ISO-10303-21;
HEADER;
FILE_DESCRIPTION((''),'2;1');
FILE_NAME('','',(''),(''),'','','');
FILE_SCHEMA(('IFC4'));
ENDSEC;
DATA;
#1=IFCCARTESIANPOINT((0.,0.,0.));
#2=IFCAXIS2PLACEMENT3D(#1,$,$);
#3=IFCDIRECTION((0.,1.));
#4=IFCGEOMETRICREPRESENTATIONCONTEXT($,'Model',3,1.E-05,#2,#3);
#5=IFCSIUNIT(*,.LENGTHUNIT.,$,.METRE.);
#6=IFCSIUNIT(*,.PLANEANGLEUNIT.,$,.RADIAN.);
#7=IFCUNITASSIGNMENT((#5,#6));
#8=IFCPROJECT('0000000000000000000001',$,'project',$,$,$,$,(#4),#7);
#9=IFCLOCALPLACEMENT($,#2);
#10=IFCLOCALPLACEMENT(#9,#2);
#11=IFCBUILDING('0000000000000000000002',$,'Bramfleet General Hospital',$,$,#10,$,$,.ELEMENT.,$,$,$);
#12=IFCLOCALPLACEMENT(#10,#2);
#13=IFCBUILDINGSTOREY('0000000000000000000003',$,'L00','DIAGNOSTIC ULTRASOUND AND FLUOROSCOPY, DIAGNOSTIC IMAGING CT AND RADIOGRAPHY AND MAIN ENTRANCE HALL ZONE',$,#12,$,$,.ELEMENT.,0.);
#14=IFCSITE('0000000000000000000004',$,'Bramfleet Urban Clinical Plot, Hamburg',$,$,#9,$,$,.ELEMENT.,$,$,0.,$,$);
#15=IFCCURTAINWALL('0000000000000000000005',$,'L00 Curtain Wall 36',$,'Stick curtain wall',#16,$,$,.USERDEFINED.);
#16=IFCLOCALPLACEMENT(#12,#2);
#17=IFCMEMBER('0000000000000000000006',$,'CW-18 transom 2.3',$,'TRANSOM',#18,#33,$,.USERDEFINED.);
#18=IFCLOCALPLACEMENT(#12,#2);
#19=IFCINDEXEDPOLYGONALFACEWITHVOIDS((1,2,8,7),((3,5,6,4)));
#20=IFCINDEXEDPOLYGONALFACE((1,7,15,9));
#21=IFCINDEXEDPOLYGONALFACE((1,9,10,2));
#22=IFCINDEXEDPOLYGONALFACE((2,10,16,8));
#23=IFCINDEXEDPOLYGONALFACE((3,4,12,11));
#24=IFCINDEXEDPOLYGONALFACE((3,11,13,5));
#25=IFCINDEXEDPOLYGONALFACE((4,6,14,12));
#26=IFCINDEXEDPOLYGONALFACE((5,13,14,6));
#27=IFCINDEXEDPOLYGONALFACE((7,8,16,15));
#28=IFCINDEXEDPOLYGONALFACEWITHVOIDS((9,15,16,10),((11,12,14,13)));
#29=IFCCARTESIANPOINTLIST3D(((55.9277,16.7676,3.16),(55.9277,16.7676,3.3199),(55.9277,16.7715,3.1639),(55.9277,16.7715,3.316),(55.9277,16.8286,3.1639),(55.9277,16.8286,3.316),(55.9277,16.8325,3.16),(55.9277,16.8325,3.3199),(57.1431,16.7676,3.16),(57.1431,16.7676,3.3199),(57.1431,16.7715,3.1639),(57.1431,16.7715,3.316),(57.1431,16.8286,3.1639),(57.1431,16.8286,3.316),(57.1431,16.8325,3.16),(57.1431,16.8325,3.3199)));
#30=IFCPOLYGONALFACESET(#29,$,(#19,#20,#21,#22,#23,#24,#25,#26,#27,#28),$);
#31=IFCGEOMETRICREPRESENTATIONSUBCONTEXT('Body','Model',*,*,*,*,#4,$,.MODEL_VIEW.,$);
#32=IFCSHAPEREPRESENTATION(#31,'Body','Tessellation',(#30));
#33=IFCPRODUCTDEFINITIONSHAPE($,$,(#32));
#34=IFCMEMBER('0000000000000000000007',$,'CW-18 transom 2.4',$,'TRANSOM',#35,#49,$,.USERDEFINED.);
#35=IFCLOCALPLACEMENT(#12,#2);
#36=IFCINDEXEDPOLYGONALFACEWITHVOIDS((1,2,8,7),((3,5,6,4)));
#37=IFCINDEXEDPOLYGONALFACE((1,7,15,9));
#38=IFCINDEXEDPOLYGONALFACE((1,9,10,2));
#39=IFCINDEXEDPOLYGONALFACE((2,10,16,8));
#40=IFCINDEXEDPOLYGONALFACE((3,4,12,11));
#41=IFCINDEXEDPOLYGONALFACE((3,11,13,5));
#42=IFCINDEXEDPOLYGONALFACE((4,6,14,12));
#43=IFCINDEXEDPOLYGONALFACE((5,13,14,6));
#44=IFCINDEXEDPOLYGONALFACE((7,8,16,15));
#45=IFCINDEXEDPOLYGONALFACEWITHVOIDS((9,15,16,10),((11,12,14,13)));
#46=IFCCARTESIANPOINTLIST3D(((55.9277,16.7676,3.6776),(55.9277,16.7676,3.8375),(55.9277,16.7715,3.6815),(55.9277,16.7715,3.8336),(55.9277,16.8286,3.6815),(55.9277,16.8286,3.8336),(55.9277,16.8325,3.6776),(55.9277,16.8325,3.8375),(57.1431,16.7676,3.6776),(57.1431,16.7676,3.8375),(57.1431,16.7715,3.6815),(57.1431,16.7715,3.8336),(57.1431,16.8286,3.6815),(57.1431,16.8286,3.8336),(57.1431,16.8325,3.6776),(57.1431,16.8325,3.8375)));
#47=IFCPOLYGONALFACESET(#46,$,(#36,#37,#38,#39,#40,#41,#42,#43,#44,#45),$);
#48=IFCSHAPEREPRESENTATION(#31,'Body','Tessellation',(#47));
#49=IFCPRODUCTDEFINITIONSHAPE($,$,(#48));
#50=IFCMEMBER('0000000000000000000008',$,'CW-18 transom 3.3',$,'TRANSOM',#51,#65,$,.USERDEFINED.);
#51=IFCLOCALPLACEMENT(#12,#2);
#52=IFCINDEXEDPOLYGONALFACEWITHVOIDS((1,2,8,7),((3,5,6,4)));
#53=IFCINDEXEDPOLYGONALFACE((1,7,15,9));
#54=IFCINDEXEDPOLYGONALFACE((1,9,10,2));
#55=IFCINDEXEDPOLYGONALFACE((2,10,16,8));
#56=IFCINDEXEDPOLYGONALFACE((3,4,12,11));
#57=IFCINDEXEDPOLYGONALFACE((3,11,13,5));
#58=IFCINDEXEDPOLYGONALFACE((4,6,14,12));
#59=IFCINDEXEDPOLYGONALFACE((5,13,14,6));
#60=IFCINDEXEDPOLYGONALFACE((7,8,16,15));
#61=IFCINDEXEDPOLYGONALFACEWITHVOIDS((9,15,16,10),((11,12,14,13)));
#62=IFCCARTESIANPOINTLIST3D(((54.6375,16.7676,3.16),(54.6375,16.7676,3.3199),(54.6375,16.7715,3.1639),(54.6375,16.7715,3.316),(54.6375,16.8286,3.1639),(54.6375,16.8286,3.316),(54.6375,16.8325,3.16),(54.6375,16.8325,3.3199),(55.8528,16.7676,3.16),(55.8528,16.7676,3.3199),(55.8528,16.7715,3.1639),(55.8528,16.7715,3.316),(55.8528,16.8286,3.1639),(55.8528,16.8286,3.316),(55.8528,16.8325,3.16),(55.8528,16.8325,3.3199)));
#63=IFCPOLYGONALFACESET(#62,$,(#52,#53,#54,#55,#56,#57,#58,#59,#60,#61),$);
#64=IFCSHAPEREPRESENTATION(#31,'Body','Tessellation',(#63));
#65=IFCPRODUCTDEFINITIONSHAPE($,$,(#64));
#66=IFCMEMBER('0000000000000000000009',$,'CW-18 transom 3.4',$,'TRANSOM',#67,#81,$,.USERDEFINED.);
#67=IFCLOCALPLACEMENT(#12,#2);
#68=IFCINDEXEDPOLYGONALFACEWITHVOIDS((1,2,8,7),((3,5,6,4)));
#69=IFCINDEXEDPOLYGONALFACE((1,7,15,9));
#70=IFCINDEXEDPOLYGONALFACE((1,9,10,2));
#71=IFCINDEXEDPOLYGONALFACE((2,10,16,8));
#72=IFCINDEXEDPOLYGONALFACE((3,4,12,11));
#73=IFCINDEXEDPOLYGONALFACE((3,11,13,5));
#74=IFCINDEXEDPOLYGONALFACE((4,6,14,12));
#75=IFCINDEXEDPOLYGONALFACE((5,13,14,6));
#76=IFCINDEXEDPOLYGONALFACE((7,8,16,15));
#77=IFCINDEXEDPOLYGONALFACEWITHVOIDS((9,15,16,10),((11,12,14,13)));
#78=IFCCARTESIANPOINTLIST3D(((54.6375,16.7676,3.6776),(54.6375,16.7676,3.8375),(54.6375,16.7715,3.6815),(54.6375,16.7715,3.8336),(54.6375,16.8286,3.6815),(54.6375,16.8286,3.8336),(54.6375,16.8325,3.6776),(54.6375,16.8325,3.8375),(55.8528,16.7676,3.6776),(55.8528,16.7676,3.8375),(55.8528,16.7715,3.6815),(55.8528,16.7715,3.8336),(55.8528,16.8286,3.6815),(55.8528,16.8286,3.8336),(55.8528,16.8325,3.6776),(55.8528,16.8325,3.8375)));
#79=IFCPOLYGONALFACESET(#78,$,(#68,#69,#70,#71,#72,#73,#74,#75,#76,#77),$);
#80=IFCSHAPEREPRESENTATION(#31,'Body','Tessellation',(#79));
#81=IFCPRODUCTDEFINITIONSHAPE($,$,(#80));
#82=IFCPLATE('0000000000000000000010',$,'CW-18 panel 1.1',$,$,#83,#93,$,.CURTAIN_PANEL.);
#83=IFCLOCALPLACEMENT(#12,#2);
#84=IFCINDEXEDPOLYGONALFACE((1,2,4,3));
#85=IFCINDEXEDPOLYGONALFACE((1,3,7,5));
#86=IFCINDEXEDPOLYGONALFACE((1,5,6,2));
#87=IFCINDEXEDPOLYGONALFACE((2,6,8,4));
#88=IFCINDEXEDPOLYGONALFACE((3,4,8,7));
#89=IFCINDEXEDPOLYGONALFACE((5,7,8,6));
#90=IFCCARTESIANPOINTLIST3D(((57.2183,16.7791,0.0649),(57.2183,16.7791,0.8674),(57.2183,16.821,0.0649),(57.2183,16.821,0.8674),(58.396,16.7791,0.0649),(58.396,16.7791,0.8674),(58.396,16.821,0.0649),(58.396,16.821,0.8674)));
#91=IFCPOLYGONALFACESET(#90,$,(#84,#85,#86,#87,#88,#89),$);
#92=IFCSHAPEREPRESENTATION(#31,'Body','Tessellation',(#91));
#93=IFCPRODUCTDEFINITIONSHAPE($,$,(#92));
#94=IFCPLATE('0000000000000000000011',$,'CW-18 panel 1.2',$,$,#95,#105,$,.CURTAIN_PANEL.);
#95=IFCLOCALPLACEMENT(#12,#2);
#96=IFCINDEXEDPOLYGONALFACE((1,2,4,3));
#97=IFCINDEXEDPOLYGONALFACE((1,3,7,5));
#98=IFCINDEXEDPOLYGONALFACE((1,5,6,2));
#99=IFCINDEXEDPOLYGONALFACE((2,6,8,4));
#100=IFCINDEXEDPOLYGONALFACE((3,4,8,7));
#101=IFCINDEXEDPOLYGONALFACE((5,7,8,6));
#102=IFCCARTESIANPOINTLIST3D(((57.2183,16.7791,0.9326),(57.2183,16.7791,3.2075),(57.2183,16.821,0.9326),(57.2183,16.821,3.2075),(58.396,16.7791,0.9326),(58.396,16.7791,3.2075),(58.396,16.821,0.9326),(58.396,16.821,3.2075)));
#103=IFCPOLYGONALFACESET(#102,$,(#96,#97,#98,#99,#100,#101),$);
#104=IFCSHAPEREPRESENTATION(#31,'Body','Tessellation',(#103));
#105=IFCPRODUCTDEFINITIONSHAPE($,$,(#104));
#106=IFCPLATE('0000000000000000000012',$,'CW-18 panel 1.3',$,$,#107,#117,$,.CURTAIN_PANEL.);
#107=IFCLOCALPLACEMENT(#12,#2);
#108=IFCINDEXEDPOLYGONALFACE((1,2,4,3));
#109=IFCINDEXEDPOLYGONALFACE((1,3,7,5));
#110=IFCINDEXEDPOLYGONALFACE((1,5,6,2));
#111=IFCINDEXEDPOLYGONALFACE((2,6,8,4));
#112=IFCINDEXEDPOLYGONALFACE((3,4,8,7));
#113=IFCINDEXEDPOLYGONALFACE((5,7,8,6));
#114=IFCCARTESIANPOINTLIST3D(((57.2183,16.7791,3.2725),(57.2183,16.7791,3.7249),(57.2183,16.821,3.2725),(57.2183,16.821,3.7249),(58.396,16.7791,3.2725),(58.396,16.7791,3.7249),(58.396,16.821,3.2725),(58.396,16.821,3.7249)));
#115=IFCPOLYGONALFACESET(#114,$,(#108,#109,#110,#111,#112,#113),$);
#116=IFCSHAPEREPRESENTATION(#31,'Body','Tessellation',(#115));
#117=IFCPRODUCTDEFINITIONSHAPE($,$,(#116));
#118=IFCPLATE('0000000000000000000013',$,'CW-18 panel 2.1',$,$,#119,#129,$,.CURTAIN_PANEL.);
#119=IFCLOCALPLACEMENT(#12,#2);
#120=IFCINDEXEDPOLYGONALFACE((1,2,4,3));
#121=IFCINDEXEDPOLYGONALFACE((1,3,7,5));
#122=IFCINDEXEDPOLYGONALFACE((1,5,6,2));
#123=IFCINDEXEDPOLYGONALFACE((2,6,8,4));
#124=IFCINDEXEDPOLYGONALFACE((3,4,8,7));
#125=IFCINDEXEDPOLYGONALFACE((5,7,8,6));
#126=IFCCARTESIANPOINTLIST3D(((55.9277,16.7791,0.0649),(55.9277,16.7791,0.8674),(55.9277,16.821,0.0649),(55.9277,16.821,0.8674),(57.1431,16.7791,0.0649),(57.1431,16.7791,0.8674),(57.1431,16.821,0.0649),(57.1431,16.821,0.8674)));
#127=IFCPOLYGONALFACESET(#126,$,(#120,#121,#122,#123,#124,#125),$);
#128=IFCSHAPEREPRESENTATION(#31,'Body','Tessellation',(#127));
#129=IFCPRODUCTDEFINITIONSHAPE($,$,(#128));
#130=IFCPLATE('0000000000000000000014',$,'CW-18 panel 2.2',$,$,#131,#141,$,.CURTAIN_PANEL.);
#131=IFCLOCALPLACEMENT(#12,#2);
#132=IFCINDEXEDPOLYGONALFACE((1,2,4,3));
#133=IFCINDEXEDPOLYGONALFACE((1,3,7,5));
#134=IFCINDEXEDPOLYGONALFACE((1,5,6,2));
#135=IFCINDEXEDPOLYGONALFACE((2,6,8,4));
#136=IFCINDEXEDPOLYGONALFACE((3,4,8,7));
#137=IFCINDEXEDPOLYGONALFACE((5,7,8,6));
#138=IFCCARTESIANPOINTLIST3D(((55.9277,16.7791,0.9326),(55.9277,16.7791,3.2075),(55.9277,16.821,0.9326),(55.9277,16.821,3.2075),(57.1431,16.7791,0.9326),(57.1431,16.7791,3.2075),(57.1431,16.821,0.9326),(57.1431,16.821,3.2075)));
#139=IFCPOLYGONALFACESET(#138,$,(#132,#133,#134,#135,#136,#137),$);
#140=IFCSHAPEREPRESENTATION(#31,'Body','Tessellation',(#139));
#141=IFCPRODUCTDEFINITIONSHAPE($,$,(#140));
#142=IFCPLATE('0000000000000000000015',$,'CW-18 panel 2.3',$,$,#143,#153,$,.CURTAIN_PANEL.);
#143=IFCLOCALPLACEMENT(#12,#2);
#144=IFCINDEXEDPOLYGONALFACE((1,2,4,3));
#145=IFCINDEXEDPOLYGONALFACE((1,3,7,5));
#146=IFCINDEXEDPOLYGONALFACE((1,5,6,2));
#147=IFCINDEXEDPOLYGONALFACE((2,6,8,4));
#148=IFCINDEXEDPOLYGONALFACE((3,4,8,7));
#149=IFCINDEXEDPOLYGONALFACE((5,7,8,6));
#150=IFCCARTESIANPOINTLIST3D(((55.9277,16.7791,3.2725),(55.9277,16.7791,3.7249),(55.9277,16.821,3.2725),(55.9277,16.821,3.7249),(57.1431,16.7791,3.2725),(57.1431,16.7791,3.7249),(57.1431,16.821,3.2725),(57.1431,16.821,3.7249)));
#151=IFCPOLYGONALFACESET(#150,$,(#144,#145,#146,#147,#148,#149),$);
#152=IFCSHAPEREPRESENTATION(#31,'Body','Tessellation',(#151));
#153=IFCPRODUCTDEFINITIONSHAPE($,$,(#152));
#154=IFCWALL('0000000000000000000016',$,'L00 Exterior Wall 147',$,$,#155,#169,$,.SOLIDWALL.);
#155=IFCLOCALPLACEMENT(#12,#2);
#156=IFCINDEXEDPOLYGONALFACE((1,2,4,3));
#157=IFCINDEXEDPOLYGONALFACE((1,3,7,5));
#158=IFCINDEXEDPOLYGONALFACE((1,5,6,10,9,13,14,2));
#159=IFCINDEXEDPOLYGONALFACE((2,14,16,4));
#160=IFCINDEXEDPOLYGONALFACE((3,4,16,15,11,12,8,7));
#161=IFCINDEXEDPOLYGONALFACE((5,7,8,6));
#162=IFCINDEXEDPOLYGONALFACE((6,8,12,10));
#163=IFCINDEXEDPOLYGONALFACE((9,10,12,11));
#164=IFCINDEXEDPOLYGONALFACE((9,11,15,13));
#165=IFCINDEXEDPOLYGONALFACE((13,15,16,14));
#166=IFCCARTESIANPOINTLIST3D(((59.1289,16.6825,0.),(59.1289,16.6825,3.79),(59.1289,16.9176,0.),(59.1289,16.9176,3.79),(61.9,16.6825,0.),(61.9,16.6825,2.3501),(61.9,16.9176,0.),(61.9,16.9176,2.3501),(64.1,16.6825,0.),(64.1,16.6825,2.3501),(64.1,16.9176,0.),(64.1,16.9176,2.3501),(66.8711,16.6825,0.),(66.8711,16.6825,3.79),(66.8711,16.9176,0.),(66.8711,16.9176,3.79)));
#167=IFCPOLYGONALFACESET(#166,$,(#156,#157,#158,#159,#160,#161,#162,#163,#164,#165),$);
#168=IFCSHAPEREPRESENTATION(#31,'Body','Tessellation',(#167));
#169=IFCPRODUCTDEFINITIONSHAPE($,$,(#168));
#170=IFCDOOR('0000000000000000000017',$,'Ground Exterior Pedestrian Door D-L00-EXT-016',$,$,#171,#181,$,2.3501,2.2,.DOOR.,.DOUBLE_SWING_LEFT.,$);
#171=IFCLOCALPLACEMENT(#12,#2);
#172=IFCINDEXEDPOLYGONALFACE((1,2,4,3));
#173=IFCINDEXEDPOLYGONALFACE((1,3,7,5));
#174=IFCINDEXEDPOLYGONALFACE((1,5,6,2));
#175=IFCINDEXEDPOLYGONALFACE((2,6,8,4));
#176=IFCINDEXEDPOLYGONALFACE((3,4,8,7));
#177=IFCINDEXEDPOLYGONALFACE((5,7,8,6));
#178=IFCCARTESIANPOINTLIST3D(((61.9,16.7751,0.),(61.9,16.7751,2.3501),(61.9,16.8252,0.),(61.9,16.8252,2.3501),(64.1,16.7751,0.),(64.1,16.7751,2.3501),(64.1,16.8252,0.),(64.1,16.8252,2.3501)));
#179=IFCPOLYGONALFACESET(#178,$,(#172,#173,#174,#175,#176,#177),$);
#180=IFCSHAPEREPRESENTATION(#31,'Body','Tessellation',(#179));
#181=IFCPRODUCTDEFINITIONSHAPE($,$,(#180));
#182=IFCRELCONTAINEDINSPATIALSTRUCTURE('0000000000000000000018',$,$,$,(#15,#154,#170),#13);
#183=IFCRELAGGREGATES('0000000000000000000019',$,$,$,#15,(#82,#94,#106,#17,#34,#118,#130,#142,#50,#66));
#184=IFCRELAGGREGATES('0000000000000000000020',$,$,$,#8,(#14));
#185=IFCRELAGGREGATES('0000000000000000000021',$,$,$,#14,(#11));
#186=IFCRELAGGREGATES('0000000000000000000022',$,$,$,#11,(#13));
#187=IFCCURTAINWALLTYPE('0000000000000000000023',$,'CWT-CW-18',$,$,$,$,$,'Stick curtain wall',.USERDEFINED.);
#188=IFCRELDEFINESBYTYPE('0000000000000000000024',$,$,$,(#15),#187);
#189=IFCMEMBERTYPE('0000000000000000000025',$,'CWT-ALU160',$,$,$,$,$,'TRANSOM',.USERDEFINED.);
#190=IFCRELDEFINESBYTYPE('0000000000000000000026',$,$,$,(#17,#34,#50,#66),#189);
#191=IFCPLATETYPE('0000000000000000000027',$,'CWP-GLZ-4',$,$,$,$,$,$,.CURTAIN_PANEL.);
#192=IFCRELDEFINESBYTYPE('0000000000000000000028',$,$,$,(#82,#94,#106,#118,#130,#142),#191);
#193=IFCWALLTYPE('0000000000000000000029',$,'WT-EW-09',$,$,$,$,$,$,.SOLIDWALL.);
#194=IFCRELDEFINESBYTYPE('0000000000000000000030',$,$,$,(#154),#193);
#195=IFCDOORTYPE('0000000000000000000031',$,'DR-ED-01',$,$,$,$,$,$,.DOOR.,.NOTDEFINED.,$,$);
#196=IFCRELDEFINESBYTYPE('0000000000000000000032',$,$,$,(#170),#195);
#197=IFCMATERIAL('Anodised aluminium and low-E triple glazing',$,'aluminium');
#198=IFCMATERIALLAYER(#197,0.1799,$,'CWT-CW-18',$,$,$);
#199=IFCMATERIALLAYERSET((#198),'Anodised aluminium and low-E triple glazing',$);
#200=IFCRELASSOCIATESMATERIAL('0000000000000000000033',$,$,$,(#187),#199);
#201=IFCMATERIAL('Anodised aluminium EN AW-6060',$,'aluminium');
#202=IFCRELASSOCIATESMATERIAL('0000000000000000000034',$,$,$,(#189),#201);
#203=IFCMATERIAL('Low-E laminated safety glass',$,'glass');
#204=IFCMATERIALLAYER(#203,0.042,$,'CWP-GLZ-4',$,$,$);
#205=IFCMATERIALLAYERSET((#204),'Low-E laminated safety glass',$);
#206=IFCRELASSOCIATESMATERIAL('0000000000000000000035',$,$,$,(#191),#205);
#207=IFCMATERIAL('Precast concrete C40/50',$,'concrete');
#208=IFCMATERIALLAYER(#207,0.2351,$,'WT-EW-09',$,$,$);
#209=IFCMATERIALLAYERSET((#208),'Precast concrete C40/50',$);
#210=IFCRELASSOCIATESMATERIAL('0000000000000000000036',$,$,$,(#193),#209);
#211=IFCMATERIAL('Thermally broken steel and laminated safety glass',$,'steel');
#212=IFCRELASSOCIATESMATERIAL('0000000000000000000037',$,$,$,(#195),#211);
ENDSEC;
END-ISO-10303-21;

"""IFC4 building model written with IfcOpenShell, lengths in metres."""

from ifc_helpers import new_model, si_unit, direction, frame, frame_2d, origin, origin_2d, place, context, subcontext, project, spatial, rectangle, hollow_rectangle, extrude, material, layer, layer_set, material_profile, profile_set, type_object, element, fill, aggregate, save


model = new_model("IFC4")

# Units and contexts
model_context = context("Model", 3, precision=1e-05, world=origin(), true_north=direction((0.0, 1.0)))
body_context = subcontext(model_context, "Body", "Model", "MODEL_VIEW")
ifc_project = project(units=[si_unit("LENGTHUNIT", "METRE"), si_unit("PLANEANGLEUNIT", "RADIAN")], contexts=[model_context])

# Site, building, storey
site_placement = place(None, origin())
site = spatial("IfcSite", under=ifc_project, at=site_placement, Name="Bramfleet Urban Clinical Plot, Hamburg", CompositionType="ELEMENT", RefElevation=0.0)
building_placement = place(site_placement, origin())
building = spatial("IfcBuilding", under=site, at=building_placement, Name="Bramfleet General Hospital", CompositionType="ELEMENT")
storey_placement = place(building_placement, origin())
storey = spatial("IfcBuildingStorey", under=building, at=storey_placement, Name="L00", Description="DIAGNOSTIC ULTRASOUND AND FLUOROSCOPY, DIAGNOSTIC IMAGING CT AND RADIOGRAPHY AND MAIN ENTRANCE HALL ZONE", CompositionType="ELEMENT", Elevation=0.0)

# Curtain wall, members, plates
ifc_material_1 = material(Name="Anodised aluminium and low-E triple glazing", Category="aluminium")
ifc_layer_1 = layer(ifc_material_1, 0.1799, Name="CWT-CW-18")
ifc_layer_set_1 = layer_set([ifc_layer_1], Name="Anodised aluminium and low-E triple glazing")
curtain_wall_type = type_object("IfcCurtainWallType", Name="CWT-CW-18", ElementType="Stick curtain wall", PredefinedType="USERDEFINED", material=ifc_layer_set_1)
curtain_wall_placement = place(storey_placement, origin())
curtain_wall = element("IfcCurtainWall", 1, at=curtain_wall_placement, inside=storey, type_object=curtain_wall_type, Name="L00 Curtain Wall 36", ObjectType="Stick curtain wall", PredefinedType="USERDEFINED")
ifc_material_2 = material(Name="Anodised aluminium EN AW-6060", Category="aluminium")
ifc_material_profile_1 = material_profile(ifc_material_2, hollow_rectangle(XDim=0.0649, YDim=0.1599, WallThickness=0.0039, at=origin_2d()), Name="ALU 160x65x4.0")
ifc_profile_set_1 = profile_set([ifc_material_profile_1], Name="Anodised aluminium EN AW-6060")
member_type_1 = type_object("IfcMemberType", Name="CWT-ALU160", ElementType="TRANSOM", PredefinedType="USERDEFINED", material=ifc_profile_set_1)
member_1_placement = place(storey_placement, frame((57.1431, 16.8, 3.24), z_axis=(-1.0, 0.0, 0.0), x_axis=(0.0, -1.0, 0.0)))
member_1 = element("IfcMember", 2, at=member_1_placement, type_object=member_type_1, Name="CW-18 transom 2.3", ObjectType="TRANSOM", PredefinedType="USERDEFINED", context=body_context, shape_type="SweptSolid", body=[
    extrude(hollow_rectangle(XDim=0.0649, YDim=0.1599, WallThickness=0.0039, at=origin_2d()), origin(), (0.0, 0.0, 1.0), 1.2153),
])
member_2_placement = place(storey_placement, frame((57.1431, 16.8, 3.7576), z_axis=(-1.0, 0.0, 0.0), x_axis=(0.0, -1.0, 0.0)))
member_2 = element("IfcMember", 3, at=member_2_placement, type_object=member_type_1, Name="CW-18 transom 2.4", ObjectType="TRANSOM", PredefinedType="USERDEFINED", context=body_context, shape_type="SweptSolid", body=[
    extrude(hollow_rectangle(XDim=0.0649, YDim=0.1599, WallThickness=0.0039, at=origin_2d()), origin(), (0.0, 0.0, 1.0), 1.2153),
])
member_3_placement = place(storey_placement, frame((55.8528, 16.8, 3.24), z_axis=(-1.0, 0.0, 0.0), x_axis=(0.0, -1.0, 0.0)))
member_3 = element("IfcMember", 4, at=member_3_placement, type_object=member_type_1, Name="CW-18 transom 3.3", ObjectType="TRANSOM", PredefinedType="USERDEFINED", context=body_context, shape_type="SweptSolid", body=[
    extrude(hollow_rectangle(XDim=0.0649, YDim=0.1599, WallThickness=0.0039, at=origin_2d()), origin(), (0.0, 0.0, 1.0), 1.2153),
])
member_4_placement = place(storey_placement, frame((55.8528, 16.8, 3.7576), z_axis=(-1.0, 0.0, 0.0), x_axis=(0.0, -1.0, 0.0)))
member_4 = element("IfcMember", 5, at=member_4_placement, type_object=member_type_1, Name="CW-18 transom 3.4", ObjectType="TRANSOM", PredefinedType="USERDEFINED", context=body_context, shape_type="SweptSolid", body=[
    extrude(hollow_rectangle(XDim=0.0649, YDim=0.1599, WallThickness=0.0039, at=origin_2d()), origin(), (0.0, 0.0, 1.0), 1.2153),
])
ifc_material_3 = material(Name="Low-E laminated safety glass", Category="glass")
ifc_layer_2 = layer(ifc_material_3, 0.042, Name="CWP-GLZ-4")
ifc_layer_set_2 = layer_set([ifc_layer_2], Name="Low-E laminated safety glass")
plate_type = type_object("IfcPlateType", Name="CWP-GLZ-4", PredefinedType="CURTAIN_PANEL", material=ifc_layer_set_2)
plate_1_placement = place(storey_placement, frame((57.8071, 16.8, 0.0649), z_axis=(0.0, 0.0, 1.0), x_axis=(-1.0, 0.0, 0.0)))
plate_1 = element("IfcPlate", 6, at=plate_1_placement, type_object=plate_type, Name="CW-18 panel 1.1", PredefinedType="CURTAIN_PANEL", context=body_context, shape_type="SweptSolid", body=[
    extrude(rectangle(XDim=1.1777, YDim=0.042, at=origin_2d()), origin(), (0.0, 0.0, 1.0), 0.8025),
])
plate_2_placement = place(storey_placement, frame((57.8071, 16.8, 0.9326), z_axis=(0.0, 0.0, 1.0), x_axis=(-1.0, 0.0, 0.0)))
plate_2 = element("IfcPlate", 7, at=plate_2_placement, type_object=plate_type, Name="CW-18 panel 1.2", PredefinedType="CURTAIN_PANEL", context=body_context, shape_type="SweptSolid", body=[
    extrude(rectangle(XDim=1.1777, YDim=0.042, at=origin_2d()), origin(), (0.0, 0.0, 1.0), 2.2749),
])
plate_3_placement = place(storey_placement, frame((57.8071, 16.8, 3.2725), z_axis=(0.0, 0.0, 1.0), x_axis=(-1.0, 0.0, 0.0)))
plate_3 = element("IfcPlate", 8, at=plate_3_placement, type_object=plate_type, Name="CW-18 panel 1.3", PredefinedType="CURTAIN_PANEL", context=body_context, shape_type="SweptSolid", body=[
    extrude(rectangle(XDim=1.1777, YDim=0.042, at=origin_2d()), origin(), (0.0, 0.0, 1.0), 0.4524),
])
plate_4_placement = place(storey_placement, frame((56.5354, 16.8, 0.0649), z_axis=(0.0, 0.0, 1.0), x_axis=(-1.0, 0.0, 0.0)))
plate_4 = element("IfcPlate", 9, at=plate_4_placement, type_object=plate_type, Name="CW-18 panel 2.1", PredefinedType="CURTAIN_PANEL", context=body_context, shape_type="SweptSolid", body=[
    extrude(rectangle(XDim=1.2153, YDim=0.042, at=origin_2d()), origin(), (0.0, 0.0, 1.0), 0.8025),
])
plate_5_placement = place(storey_placement, frame((56.5354, 16.8, 0.9326), z_axis=(0.0, 0.0, 1.0), x_axis=(-1.0, 0.0, 0.0)))
plate_5 = element("IfcPlate", 10, at=plate_5_placement, type_object=plate_type, Name="CW-18 panel 2.2", PredefinedType="CURTAIN_PANEL", context=body_context, shape_type="SweptSolid", body=[
    extrude(rectangle(XDim=1.2153, YDim=0.042, at=origin_2d()), origin(), (0.0, 0.0, 1.0), 2.2749),
])
plate_6_placement = place(storey_placement, frame((56.5354, 16.8, 3.2725), z_axis=(0.0, 0.0, 1.0), x_axis=(-1.0, 0.0, 0.0)))
plate_6 = element("IfcPlate", 11, at=plate_6_placement, type_object=plate_type, Name="CW-18 panel 2.3", PredefinedType="CURTAIN_PANEL", context=body_context, shape_type="SweptSolid", body=[
    extrude(rectangle(XDim=1.2153, YDim=0.042, at=origin_2d()), origin(), (0.0, 0.0, 1.0), 0.4524),
])
aggregate(curtain_wall, [plate_1, plate_2, plate_3, member_1, member_2, plate_4, plate_5, plate_6, member_3, member_4])

# Wall, opening, door
ifc_material_4 = material(Name="Precast concrete C40/50", Category="concrete")
ifc_layer_3 = layer(ifc_material_4, 0.2351, Name="WT-EW-09")
ifc_layer_set_3 = layer_set([ifc_layer_3], Name="Precast concrete C40/50")
wall_type_1 = type_object("IfcWallType", Name="WT-EW-09", PredefinedType="SOLIDWALL", material=ifc_layer_set_3)
wall_1_placement = place(storey_placement, frame((66.8711, 16.8, 0.0), z_axis=(0.0, 0.0, 1.0), x_axis=(-1.0, 0.0, 0.0)))
wall_1 = element("IfcWall", 12, at=wall_1_placement, inside=storey, type_object=wall_type_1, Name="L00 Exterior Wall 147", PredefinedType="SOLIDWALL", context=body_context, shape_type="SweptSolid", body=[
    extrude(rectangle(XDim=7.7422, YDim=0.2351, at=frame_2d((3.8711, 0.0))), origin(), (0.0, 0.0, 1.0), 3.79),
])
opening_1_placement = place(wall_1_placement, frame((2.771, 0.0, 0.0)))
opening_1 = element("IfcOpeningElement", 13, at=opening_1_placement, cuts=wall_1, PredefinedType="OPENING", context=body_context, shape_type="SweptSolid", body=[
    extrude(rectangle(XDim=2.2, YDim=2.3501, at=frame_2d((1.1001, 1.175))), frame((0.0, 0.1274, 0.0), z_axis=(0.0, -1.0, 0.0), x_axis=(1.0, 0.0, 0.0)), (0.0, 0.0, 1.0), 0.2551),
])
ifc_material_5 = material(Name="Thermally broken steel and laminated safety glass", Category="steel")
door_type_1 = type_object("IfcDoorType", Name="DR-ED-01", OperationType="NOTDEFINED", PredefinedType="DOOR", material=ifc_material_5)
door_1_placement = place(opening_1_placement, origin())
door_1 = element("IfcDoor", 14, at=door_1_placement, inside=storey, type_object=door_type_1, Name="Ground Exterior Pedestrian Door D-L00-EXT-016", OperationType="DOUBLE_SWING_LEFT", OverallHeight=2.3501, OverallWidth=2.2, PredefinedType="DOOR", context=body_context, shape_type="SweptSolid", body=[
    extrude(rectangle(XDim=2.2, YDim=2.3501, at=frame_2d((1.1001, 1.175))), frame((0.0, 0.0249, 0.0), z_axis=(0.0, -1.0, 0.0), x_axis=(1.0, 0.0, 0.0)), (0.0, 0.0, 1.0), 0.05),
])
fill(opening_1, door_1)

save(model, "model.ifc")
